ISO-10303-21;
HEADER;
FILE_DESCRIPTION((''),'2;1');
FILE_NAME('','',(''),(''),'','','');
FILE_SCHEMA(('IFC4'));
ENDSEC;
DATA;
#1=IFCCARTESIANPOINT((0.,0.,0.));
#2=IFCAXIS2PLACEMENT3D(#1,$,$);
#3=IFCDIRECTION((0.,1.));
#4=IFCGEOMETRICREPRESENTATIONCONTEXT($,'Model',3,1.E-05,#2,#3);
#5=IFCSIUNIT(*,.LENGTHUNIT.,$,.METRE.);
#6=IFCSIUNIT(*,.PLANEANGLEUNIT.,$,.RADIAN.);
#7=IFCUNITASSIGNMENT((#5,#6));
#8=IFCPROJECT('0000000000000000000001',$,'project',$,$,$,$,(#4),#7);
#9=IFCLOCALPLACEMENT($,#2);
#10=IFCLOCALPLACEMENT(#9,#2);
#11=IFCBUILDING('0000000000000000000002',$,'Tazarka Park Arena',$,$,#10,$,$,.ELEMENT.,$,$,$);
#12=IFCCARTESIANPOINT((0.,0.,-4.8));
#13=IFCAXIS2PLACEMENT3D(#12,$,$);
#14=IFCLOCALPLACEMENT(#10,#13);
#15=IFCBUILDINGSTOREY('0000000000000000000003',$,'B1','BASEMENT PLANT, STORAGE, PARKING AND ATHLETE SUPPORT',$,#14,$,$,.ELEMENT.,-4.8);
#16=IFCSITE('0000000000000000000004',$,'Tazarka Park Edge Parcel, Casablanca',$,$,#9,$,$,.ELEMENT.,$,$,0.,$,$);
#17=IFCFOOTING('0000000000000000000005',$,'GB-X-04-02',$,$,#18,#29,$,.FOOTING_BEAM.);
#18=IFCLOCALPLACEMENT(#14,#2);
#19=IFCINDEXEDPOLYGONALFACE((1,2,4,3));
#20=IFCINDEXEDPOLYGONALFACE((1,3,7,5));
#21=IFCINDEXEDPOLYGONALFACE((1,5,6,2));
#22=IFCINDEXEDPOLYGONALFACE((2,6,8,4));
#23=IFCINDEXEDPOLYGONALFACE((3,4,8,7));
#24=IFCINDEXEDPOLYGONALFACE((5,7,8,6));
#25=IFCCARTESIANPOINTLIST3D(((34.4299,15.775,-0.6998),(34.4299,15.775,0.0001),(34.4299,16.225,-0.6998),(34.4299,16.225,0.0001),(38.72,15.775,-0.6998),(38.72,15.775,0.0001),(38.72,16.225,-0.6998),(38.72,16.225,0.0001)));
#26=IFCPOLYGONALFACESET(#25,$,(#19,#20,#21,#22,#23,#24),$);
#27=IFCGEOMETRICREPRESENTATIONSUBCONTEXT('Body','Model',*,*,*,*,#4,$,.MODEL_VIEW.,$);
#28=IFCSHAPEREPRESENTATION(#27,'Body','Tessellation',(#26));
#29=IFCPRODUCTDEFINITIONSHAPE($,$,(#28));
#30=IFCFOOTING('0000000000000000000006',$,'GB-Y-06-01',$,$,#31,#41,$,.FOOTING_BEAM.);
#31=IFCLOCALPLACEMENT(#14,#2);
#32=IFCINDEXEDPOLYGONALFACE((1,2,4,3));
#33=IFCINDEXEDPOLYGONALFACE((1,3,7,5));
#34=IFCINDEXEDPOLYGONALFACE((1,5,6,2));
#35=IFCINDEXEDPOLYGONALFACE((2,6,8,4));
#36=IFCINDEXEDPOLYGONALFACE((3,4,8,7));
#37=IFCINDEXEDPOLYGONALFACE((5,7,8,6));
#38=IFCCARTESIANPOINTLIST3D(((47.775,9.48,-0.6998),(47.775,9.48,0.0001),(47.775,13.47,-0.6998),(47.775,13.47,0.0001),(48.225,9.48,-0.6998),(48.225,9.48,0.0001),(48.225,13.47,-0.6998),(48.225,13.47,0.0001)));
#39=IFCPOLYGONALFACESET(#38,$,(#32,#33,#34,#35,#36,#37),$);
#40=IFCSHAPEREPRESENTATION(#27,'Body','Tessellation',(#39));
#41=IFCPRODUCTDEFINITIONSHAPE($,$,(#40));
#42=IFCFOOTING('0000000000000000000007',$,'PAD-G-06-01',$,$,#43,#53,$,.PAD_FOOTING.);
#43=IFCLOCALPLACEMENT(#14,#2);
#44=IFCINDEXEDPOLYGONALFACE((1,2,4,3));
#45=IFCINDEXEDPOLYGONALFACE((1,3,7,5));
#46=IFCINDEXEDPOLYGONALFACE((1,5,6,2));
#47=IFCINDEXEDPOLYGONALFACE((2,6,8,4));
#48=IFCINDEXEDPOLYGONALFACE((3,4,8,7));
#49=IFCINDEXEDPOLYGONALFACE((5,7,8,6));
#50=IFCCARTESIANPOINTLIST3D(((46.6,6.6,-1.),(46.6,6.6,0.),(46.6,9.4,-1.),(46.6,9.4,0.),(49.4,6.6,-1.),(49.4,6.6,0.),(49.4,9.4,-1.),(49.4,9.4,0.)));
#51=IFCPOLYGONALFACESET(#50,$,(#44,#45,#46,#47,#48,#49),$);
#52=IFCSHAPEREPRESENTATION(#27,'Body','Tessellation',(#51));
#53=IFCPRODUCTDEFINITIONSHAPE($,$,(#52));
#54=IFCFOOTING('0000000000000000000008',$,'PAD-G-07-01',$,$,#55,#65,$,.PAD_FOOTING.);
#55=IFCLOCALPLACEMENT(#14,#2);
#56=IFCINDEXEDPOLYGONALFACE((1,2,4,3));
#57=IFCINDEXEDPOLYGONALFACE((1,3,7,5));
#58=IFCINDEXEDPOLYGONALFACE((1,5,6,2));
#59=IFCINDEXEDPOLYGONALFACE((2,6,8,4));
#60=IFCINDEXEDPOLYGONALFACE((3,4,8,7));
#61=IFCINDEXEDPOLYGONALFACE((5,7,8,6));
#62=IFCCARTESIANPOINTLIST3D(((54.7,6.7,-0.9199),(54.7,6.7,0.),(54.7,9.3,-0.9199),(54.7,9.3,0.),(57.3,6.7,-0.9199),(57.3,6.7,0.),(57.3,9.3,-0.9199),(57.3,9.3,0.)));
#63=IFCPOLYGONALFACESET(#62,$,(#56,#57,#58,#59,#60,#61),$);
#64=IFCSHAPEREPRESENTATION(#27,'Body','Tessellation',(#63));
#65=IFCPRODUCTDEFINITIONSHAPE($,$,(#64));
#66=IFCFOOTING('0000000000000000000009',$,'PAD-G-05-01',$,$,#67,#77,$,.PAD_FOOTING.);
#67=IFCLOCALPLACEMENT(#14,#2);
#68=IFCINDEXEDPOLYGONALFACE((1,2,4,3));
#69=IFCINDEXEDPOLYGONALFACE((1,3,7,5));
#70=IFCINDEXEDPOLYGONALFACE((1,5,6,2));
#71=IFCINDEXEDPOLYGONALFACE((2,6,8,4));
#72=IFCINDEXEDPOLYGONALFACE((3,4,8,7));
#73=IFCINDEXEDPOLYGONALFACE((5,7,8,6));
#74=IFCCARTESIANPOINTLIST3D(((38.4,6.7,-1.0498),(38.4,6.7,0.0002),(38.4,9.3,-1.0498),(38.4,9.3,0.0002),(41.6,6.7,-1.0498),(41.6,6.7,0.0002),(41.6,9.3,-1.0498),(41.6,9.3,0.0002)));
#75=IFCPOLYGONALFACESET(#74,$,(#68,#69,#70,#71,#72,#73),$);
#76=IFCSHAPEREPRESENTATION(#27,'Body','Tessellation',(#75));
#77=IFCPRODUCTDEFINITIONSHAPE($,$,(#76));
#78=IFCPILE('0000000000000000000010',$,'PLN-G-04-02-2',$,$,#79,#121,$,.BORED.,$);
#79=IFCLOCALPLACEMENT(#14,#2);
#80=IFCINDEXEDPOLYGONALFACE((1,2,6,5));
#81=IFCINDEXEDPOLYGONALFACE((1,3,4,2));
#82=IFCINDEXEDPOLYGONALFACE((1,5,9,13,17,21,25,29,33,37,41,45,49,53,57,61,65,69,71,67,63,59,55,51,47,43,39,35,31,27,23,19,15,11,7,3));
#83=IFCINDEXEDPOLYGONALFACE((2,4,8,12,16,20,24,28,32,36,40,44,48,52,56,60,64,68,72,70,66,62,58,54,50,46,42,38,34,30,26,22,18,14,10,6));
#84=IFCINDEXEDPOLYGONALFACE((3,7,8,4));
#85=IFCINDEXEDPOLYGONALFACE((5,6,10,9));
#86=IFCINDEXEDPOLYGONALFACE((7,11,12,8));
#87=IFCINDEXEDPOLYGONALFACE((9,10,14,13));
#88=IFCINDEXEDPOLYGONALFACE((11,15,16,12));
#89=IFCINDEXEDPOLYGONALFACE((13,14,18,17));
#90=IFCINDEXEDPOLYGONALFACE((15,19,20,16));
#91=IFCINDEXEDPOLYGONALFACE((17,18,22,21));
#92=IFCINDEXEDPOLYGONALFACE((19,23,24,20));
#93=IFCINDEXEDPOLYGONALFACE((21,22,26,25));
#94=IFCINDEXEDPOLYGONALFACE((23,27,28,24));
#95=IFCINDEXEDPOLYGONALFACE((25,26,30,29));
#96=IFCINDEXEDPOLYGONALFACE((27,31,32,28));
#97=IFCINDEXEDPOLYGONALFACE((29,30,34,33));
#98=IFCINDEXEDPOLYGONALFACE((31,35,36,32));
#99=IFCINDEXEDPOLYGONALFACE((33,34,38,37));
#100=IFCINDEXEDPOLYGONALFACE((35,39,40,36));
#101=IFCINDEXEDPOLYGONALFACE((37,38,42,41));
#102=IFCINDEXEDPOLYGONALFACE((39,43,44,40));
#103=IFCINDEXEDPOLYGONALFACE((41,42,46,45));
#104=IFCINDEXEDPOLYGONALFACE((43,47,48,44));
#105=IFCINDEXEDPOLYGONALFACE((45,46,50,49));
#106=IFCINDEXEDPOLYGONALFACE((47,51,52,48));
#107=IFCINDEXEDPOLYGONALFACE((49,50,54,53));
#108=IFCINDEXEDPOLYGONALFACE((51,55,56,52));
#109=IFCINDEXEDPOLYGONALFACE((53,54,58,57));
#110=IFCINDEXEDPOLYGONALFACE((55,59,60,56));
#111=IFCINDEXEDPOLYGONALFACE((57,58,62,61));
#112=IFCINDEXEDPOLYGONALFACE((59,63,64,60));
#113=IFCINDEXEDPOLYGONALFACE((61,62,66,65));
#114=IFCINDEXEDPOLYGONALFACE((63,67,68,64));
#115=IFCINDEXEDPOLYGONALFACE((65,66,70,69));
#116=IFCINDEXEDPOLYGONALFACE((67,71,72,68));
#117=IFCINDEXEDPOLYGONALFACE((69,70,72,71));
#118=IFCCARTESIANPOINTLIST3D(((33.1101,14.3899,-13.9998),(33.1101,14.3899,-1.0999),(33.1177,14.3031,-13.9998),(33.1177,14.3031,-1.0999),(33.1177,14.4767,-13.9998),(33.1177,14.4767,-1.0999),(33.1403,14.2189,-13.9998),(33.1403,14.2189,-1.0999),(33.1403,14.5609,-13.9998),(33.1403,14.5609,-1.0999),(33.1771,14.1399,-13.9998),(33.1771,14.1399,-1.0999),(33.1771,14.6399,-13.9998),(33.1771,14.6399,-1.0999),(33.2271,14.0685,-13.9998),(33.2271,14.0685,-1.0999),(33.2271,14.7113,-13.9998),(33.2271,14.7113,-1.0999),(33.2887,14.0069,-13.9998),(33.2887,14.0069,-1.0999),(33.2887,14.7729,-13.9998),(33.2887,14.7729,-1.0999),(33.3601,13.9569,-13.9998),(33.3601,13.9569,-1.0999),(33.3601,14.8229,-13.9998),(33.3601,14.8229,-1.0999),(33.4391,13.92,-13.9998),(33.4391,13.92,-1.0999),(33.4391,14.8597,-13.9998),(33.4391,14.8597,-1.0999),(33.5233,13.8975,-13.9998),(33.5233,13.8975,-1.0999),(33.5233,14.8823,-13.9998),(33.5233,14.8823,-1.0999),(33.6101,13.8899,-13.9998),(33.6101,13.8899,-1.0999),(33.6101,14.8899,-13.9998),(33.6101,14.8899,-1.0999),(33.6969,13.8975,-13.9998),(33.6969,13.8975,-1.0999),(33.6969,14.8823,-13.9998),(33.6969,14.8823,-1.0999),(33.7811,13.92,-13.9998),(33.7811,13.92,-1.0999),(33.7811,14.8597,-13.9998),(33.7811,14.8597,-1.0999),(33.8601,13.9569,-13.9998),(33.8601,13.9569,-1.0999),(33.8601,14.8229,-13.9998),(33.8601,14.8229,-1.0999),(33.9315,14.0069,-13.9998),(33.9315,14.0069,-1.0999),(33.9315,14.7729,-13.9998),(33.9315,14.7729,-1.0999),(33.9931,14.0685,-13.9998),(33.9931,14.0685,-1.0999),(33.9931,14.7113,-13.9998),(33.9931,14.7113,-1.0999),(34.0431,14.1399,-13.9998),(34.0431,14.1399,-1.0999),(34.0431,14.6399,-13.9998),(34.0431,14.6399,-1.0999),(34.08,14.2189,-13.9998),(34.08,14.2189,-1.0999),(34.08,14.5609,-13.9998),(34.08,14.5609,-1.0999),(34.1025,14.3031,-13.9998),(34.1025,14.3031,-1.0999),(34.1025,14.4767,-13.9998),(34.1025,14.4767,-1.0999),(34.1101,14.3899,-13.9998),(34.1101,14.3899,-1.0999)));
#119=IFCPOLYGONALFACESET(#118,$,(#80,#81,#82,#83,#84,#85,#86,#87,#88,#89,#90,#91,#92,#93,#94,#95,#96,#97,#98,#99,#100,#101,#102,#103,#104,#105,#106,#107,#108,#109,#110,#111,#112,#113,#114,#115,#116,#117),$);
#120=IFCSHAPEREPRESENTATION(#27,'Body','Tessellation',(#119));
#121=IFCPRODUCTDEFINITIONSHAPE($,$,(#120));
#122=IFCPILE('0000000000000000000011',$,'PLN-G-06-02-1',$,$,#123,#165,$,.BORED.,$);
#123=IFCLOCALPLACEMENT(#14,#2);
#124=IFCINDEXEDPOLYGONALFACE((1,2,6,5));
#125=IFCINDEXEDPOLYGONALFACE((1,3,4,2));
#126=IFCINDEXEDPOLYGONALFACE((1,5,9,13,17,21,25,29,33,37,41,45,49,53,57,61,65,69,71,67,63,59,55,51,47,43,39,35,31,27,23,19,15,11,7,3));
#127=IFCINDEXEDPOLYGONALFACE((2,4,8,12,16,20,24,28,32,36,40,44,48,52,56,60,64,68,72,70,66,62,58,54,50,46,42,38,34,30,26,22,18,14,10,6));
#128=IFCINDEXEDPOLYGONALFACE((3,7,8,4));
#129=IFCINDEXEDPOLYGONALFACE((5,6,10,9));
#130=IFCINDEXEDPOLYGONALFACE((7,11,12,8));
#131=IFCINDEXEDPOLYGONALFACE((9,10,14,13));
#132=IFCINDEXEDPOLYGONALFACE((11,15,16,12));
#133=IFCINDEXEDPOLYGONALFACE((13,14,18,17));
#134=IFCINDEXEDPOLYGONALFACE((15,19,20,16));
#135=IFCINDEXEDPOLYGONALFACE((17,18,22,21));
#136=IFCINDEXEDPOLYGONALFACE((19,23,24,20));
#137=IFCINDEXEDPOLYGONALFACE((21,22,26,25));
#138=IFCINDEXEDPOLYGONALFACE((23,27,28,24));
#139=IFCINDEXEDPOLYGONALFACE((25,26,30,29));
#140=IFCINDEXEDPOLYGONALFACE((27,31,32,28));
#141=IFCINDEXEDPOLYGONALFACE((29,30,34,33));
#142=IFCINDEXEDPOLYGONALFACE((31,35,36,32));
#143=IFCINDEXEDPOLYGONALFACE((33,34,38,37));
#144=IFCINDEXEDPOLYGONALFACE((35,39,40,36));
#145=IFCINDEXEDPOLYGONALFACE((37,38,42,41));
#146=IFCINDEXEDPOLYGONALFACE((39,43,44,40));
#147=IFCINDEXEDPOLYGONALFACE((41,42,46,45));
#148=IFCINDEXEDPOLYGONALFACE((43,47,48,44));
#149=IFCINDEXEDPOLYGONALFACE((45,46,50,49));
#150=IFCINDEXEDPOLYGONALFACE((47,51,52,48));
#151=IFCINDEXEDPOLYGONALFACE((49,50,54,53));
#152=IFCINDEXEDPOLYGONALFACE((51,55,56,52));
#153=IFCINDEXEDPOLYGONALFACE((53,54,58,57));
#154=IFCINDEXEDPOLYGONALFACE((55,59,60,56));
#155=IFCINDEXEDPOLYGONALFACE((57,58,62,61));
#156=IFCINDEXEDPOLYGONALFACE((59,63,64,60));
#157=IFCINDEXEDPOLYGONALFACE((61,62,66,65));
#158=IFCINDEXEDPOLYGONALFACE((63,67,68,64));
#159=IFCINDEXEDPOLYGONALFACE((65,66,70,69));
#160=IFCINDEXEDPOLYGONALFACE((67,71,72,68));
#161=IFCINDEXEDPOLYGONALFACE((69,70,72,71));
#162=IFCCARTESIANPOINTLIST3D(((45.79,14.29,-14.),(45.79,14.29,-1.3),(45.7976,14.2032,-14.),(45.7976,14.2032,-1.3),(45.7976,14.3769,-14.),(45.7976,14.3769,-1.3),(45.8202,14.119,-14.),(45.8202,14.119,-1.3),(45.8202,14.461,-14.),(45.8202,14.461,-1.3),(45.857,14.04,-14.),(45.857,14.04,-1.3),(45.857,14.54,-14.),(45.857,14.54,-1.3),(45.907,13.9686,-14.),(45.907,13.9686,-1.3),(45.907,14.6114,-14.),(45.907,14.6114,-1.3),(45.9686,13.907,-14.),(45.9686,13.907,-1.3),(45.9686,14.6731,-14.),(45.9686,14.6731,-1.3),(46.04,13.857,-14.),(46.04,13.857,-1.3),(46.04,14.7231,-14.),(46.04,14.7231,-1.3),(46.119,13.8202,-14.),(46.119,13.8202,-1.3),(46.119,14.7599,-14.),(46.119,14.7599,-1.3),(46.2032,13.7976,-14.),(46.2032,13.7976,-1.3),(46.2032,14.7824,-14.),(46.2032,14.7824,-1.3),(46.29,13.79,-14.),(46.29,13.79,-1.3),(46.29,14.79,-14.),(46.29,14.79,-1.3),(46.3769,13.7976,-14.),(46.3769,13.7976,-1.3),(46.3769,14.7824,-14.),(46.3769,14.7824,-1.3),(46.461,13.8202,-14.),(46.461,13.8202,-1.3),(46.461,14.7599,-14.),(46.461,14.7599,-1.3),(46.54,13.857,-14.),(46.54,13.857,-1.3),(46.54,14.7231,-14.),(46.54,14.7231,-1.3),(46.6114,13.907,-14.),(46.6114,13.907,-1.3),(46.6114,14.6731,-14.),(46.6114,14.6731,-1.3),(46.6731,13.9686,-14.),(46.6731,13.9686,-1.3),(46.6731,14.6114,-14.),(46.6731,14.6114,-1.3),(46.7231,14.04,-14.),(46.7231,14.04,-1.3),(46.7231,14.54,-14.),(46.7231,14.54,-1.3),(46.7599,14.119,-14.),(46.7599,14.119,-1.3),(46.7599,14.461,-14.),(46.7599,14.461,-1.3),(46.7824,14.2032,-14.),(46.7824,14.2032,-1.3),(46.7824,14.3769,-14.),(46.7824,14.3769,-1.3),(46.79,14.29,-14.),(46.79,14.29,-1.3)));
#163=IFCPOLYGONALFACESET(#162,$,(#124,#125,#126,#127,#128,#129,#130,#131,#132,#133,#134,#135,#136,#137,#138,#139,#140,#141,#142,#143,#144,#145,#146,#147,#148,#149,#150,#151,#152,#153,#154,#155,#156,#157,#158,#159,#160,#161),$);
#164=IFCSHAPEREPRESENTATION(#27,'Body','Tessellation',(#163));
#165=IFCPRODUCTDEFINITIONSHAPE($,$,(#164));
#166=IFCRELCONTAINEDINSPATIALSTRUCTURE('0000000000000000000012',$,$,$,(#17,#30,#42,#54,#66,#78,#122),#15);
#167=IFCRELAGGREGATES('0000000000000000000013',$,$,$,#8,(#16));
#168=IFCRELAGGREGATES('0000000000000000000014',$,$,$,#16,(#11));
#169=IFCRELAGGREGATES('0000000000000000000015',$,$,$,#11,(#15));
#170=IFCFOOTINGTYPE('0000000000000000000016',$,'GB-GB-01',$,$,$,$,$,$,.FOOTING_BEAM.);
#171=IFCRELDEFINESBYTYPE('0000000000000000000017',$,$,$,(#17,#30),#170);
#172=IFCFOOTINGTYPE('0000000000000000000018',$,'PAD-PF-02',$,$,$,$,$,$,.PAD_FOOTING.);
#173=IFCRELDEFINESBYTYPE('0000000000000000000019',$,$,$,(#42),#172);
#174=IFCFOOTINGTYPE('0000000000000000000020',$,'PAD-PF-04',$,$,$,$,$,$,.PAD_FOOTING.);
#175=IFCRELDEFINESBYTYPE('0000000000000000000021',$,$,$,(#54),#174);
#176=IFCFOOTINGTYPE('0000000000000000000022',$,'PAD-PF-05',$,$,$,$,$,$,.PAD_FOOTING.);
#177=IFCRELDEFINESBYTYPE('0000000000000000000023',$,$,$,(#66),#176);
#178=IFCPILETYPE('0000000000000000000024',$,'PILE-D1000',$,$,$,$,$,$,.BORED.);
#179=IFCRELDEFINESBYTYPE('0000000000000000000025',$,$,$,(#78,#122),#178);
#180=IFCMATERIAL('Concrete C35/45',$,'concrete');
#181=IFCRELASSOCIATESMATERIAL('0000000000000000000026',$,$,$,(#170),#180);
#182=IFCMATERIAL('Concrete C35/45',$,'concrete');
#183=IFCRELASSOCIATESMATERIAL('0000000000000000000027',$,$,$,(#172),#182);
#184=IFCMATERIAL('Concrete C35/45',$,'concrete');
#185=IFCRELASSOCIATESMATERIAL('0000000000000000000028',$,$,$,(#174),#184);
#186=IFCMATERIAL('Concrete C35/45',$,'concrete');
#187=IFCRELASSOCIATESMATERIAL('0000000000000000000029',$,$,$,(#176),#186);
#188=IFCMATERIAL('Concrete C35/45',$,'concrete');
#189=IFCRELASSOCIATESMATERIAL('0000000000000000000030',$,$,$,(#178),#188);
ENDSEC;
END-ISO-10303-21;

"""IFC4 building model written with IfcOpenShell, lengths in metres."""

from ifc_helpers import new_model, si_unit, direction, frame, origin, origin_2d, place, context, subcontext, project, spatial, rectangle, circle, extrude, material, material_profile, profile_set, type_object, element, save


model = new_model("IFC4")

# Units and contexts
model_context = context("Model", 3, precision=1e-05, world=origin(), true_north=direction((0.0, 1.0)))
body_context = subcontext(model_context, "Body", "Model", "MODEL_VIEW")
ifc_project = project(units=[si_unit("LENGTHUNIT", "METRE"), si_unit("PLANEANGLEUNIT", "RADIAN")], contexts=[model_context])

# Site, building, storey
site_placement = place(None, origin())
site = spatial("IfcSite", under=ifc_project, at=site_placement, Name="Tazarka Park Edge Parcel, Casablanca", CompositionType="ELEMENT", RefElevation=0.0)
building_placement = place(site_placement, origin())
building = spatial("IfcBuilding", under=site, at=building_placement, Name="Tazarka Park Arena", CompositionType="ELEMENT")
storey_placement = place(building_placement, frame((0.0, 0.0, -4.8)))
storey = spatial("IfcBuildingStorey", under=building, at=storey_placement, Name="B1", Description="BASEMENT PLANT, STORAGE, PARKING AND ATHLETE SUPPORT", CompositionType="ELEMENT", Elevation=-4.8)

# Footings
ifc_material_1 = material(Name="Concrete C35/45", Category="concrete")
ifc_material_profile_1 = material_profile(ifc_material_1, rectangle(XDim=0.45, YDim=0.7, at=origin_2d()), Name="Concrete C35/45")
ifc_profile_set_1 = profile_set([ifc_material_profile_1], Name="Concrete C35/45")
footing_type_1 = type_object("IfcFootingType", Name="GB-GB-01", PredefinedType="FOOTING_BEAM", material=ifc_profile_set_1)
footing_1_placement = place(storey_placement, frame((34.4299, 16.0, -0.3499), z_axis=(1.0, 0.0, 0.0), x_axis=(0.0, 1.0, 0.0)))
element("IfcFooting", 1, at=footing_1_placement, inside=storey, type_object=footing_type_1, Name="GB-X-04-02", PredefinedType="FOOTING_BEAM", context=body_context, shape_type="SweptSolid", body=[
    extrude(rectangle(XDim=0.45, YDim=0.7, at=origin_2d()), origin(), (0.0, 0.0, 1.0), 4.29),
])
footing_2_placement = place(storey_placement, frame((48.0, 9.48, -0.3499), z_axis=(0.0, 1.0, 0.0), x_axis=(-1.0, 0.0, 0.0)))
element("IfcFooting", 2, at=footing_2_placement, inside=storey, type_object=footing_type_1, Name="GB-Y-06-01", PredefinedType="FOOTING_BEAM", context=body_context, shape_type="SweptSolid", body=[
    extrude(rectangle(XDim=0.45, YDim=0.7, at=origin_2d()), origin(), (0.0, 0.0, 1.0), 3.99),
])
ifc_material_2 = material(Name="Concrete C35/45", Category="concrete")
footing_type_2 = type_object("IfcFootingType", Name="PAD-PF-02", PredefinedType="PAD_FOOTING", material=ifc_material_2)
footing_3_placement = place(storey_placement, frame((48.0, 8.0, -1.0), z_axis=(0.0, 0.0, 1.0), x_axis=(1.0, 0.0, 0.0)))
element("IfcFooting", 3, at=footing_3_placement, inside=storey, type_object=footing_type_2, Name="PAD-G-06-01", PredefinedType="PAD_FOOTING", context=body_context, shape_type="SweptSolid", body=[
    extrude(rectangle(XDim=2.8, YDim=2.8, at=origin_2d()), origin(), (0.0, 0.0, 1.0), 1.0),
])
ifc_material_3 = material(Name="Concrete C35/45", Category="concrete")
footing_type_3 = type_object("IfcFootingType", Name="PAD-PF-04", PredefinedType="PAD_FOOTING", material=ifc_material_3)
footing_4_placement = place(storey_placement, frame((56.0, 8.0, -0.9199), z_axis=(0.0, 0.0, 1.0), x_axis=(1.0, 0.0, 0.0)))
element("IfcFooting", 4, at=footing_4_placement, inside=storey, type_object=footing_type_3, Name="PAD-G-07-01", PredefinedType="PAD_FOOTING", context=body_context, shape_type="SweptSolid", body=[
    extrude(rectangle(XDim=2.6001, YDim=2.6001, at=origin_2d()), origin(), (0.0, 0.0, 1.0), 0.9199),
])
ifc_material_4 = material(Name="Concrete C35/45", Category="concrete")
footing_type_4 = type_object("IfcFootingType", Name="PAD-PF-05", PredefinedType="PAD_FOOTING", material=ifc_material_4)
footing_5_placement = place(storey_placement, frame((40.0, 8.0, -1.0498), z_axis=(0.0, 0.0, 1.0), x_axis=(1.0, 0.0, 0.0)))
element("IfcFooting", 5, at=footing_5_placement, inside=storey, type_object=footing_type_4, Name="PAD-G-05-01", PredefinedType="PAD_FOOTING", context=body_context, shape_type="SweptSolid", body=[
    extrude(rectangle(XDim=3.2, YDim=2.6001, at=origin_2d()), origin(), (0.0, 0.0, 1.0), 1.05),
])

# Piles
ifc_material_5 = material(Name="Concrete C35/45", Category="concrete")
ifc_material_profile_2 = material_profile(ifc_material_5, circle(Radius=0.5, at=origin_2d()), Name="Concrete C35/45")
ifc_profile_set_2 = profile_set([ifc_material_profile_2], Name="Concrete C35/45")
pile_type = type_object("IfcPileType", Name="PILE-D1000", PredefinedType="BORED", material=ifc_profile_set_2)
pile_placement = place(storey_placement, frame((33.6101, 14.3899, -1.0999), z_axis=(0.0, 0.0, -1.0), x_axis=(1.0, 0.0, 0.0)))
element("IfcPile", 6, at=pile_placement, inside=storey, type_object=pile_type, Name="PLN-G-04-02-2", PredefinedType="BORED", context=body_context, shape_type="SweptSolid", body=[
    extrude(circle(Radius=0.5, at=origin_2d()), origin(), (0.0, 0.0, 1.0), 12.8999),
])
for number, where, z_axis, x_axis, name in (
    (7, (46.29, 14.29, -1.3), (0.0, 0.0, -1.0), (1.0, 0.0, 0.0), "PLN-G-06-02-1"),
):
    element("IfcPile", number, at=place(storey_placement, frame(where, z_axis=z_axis, x_axis=x_axis)), inside=storey, type_object=pile_type, Name=name, PredefinedType="BORED", context=body_context, shape_type="SweptSolid", body=[
        extrude(circle(Radius=0.5, at=origin_2d()), origin(), (0.0, 0.0, 1.0), 12.7),
    ])

save(model, "model.ifc")
